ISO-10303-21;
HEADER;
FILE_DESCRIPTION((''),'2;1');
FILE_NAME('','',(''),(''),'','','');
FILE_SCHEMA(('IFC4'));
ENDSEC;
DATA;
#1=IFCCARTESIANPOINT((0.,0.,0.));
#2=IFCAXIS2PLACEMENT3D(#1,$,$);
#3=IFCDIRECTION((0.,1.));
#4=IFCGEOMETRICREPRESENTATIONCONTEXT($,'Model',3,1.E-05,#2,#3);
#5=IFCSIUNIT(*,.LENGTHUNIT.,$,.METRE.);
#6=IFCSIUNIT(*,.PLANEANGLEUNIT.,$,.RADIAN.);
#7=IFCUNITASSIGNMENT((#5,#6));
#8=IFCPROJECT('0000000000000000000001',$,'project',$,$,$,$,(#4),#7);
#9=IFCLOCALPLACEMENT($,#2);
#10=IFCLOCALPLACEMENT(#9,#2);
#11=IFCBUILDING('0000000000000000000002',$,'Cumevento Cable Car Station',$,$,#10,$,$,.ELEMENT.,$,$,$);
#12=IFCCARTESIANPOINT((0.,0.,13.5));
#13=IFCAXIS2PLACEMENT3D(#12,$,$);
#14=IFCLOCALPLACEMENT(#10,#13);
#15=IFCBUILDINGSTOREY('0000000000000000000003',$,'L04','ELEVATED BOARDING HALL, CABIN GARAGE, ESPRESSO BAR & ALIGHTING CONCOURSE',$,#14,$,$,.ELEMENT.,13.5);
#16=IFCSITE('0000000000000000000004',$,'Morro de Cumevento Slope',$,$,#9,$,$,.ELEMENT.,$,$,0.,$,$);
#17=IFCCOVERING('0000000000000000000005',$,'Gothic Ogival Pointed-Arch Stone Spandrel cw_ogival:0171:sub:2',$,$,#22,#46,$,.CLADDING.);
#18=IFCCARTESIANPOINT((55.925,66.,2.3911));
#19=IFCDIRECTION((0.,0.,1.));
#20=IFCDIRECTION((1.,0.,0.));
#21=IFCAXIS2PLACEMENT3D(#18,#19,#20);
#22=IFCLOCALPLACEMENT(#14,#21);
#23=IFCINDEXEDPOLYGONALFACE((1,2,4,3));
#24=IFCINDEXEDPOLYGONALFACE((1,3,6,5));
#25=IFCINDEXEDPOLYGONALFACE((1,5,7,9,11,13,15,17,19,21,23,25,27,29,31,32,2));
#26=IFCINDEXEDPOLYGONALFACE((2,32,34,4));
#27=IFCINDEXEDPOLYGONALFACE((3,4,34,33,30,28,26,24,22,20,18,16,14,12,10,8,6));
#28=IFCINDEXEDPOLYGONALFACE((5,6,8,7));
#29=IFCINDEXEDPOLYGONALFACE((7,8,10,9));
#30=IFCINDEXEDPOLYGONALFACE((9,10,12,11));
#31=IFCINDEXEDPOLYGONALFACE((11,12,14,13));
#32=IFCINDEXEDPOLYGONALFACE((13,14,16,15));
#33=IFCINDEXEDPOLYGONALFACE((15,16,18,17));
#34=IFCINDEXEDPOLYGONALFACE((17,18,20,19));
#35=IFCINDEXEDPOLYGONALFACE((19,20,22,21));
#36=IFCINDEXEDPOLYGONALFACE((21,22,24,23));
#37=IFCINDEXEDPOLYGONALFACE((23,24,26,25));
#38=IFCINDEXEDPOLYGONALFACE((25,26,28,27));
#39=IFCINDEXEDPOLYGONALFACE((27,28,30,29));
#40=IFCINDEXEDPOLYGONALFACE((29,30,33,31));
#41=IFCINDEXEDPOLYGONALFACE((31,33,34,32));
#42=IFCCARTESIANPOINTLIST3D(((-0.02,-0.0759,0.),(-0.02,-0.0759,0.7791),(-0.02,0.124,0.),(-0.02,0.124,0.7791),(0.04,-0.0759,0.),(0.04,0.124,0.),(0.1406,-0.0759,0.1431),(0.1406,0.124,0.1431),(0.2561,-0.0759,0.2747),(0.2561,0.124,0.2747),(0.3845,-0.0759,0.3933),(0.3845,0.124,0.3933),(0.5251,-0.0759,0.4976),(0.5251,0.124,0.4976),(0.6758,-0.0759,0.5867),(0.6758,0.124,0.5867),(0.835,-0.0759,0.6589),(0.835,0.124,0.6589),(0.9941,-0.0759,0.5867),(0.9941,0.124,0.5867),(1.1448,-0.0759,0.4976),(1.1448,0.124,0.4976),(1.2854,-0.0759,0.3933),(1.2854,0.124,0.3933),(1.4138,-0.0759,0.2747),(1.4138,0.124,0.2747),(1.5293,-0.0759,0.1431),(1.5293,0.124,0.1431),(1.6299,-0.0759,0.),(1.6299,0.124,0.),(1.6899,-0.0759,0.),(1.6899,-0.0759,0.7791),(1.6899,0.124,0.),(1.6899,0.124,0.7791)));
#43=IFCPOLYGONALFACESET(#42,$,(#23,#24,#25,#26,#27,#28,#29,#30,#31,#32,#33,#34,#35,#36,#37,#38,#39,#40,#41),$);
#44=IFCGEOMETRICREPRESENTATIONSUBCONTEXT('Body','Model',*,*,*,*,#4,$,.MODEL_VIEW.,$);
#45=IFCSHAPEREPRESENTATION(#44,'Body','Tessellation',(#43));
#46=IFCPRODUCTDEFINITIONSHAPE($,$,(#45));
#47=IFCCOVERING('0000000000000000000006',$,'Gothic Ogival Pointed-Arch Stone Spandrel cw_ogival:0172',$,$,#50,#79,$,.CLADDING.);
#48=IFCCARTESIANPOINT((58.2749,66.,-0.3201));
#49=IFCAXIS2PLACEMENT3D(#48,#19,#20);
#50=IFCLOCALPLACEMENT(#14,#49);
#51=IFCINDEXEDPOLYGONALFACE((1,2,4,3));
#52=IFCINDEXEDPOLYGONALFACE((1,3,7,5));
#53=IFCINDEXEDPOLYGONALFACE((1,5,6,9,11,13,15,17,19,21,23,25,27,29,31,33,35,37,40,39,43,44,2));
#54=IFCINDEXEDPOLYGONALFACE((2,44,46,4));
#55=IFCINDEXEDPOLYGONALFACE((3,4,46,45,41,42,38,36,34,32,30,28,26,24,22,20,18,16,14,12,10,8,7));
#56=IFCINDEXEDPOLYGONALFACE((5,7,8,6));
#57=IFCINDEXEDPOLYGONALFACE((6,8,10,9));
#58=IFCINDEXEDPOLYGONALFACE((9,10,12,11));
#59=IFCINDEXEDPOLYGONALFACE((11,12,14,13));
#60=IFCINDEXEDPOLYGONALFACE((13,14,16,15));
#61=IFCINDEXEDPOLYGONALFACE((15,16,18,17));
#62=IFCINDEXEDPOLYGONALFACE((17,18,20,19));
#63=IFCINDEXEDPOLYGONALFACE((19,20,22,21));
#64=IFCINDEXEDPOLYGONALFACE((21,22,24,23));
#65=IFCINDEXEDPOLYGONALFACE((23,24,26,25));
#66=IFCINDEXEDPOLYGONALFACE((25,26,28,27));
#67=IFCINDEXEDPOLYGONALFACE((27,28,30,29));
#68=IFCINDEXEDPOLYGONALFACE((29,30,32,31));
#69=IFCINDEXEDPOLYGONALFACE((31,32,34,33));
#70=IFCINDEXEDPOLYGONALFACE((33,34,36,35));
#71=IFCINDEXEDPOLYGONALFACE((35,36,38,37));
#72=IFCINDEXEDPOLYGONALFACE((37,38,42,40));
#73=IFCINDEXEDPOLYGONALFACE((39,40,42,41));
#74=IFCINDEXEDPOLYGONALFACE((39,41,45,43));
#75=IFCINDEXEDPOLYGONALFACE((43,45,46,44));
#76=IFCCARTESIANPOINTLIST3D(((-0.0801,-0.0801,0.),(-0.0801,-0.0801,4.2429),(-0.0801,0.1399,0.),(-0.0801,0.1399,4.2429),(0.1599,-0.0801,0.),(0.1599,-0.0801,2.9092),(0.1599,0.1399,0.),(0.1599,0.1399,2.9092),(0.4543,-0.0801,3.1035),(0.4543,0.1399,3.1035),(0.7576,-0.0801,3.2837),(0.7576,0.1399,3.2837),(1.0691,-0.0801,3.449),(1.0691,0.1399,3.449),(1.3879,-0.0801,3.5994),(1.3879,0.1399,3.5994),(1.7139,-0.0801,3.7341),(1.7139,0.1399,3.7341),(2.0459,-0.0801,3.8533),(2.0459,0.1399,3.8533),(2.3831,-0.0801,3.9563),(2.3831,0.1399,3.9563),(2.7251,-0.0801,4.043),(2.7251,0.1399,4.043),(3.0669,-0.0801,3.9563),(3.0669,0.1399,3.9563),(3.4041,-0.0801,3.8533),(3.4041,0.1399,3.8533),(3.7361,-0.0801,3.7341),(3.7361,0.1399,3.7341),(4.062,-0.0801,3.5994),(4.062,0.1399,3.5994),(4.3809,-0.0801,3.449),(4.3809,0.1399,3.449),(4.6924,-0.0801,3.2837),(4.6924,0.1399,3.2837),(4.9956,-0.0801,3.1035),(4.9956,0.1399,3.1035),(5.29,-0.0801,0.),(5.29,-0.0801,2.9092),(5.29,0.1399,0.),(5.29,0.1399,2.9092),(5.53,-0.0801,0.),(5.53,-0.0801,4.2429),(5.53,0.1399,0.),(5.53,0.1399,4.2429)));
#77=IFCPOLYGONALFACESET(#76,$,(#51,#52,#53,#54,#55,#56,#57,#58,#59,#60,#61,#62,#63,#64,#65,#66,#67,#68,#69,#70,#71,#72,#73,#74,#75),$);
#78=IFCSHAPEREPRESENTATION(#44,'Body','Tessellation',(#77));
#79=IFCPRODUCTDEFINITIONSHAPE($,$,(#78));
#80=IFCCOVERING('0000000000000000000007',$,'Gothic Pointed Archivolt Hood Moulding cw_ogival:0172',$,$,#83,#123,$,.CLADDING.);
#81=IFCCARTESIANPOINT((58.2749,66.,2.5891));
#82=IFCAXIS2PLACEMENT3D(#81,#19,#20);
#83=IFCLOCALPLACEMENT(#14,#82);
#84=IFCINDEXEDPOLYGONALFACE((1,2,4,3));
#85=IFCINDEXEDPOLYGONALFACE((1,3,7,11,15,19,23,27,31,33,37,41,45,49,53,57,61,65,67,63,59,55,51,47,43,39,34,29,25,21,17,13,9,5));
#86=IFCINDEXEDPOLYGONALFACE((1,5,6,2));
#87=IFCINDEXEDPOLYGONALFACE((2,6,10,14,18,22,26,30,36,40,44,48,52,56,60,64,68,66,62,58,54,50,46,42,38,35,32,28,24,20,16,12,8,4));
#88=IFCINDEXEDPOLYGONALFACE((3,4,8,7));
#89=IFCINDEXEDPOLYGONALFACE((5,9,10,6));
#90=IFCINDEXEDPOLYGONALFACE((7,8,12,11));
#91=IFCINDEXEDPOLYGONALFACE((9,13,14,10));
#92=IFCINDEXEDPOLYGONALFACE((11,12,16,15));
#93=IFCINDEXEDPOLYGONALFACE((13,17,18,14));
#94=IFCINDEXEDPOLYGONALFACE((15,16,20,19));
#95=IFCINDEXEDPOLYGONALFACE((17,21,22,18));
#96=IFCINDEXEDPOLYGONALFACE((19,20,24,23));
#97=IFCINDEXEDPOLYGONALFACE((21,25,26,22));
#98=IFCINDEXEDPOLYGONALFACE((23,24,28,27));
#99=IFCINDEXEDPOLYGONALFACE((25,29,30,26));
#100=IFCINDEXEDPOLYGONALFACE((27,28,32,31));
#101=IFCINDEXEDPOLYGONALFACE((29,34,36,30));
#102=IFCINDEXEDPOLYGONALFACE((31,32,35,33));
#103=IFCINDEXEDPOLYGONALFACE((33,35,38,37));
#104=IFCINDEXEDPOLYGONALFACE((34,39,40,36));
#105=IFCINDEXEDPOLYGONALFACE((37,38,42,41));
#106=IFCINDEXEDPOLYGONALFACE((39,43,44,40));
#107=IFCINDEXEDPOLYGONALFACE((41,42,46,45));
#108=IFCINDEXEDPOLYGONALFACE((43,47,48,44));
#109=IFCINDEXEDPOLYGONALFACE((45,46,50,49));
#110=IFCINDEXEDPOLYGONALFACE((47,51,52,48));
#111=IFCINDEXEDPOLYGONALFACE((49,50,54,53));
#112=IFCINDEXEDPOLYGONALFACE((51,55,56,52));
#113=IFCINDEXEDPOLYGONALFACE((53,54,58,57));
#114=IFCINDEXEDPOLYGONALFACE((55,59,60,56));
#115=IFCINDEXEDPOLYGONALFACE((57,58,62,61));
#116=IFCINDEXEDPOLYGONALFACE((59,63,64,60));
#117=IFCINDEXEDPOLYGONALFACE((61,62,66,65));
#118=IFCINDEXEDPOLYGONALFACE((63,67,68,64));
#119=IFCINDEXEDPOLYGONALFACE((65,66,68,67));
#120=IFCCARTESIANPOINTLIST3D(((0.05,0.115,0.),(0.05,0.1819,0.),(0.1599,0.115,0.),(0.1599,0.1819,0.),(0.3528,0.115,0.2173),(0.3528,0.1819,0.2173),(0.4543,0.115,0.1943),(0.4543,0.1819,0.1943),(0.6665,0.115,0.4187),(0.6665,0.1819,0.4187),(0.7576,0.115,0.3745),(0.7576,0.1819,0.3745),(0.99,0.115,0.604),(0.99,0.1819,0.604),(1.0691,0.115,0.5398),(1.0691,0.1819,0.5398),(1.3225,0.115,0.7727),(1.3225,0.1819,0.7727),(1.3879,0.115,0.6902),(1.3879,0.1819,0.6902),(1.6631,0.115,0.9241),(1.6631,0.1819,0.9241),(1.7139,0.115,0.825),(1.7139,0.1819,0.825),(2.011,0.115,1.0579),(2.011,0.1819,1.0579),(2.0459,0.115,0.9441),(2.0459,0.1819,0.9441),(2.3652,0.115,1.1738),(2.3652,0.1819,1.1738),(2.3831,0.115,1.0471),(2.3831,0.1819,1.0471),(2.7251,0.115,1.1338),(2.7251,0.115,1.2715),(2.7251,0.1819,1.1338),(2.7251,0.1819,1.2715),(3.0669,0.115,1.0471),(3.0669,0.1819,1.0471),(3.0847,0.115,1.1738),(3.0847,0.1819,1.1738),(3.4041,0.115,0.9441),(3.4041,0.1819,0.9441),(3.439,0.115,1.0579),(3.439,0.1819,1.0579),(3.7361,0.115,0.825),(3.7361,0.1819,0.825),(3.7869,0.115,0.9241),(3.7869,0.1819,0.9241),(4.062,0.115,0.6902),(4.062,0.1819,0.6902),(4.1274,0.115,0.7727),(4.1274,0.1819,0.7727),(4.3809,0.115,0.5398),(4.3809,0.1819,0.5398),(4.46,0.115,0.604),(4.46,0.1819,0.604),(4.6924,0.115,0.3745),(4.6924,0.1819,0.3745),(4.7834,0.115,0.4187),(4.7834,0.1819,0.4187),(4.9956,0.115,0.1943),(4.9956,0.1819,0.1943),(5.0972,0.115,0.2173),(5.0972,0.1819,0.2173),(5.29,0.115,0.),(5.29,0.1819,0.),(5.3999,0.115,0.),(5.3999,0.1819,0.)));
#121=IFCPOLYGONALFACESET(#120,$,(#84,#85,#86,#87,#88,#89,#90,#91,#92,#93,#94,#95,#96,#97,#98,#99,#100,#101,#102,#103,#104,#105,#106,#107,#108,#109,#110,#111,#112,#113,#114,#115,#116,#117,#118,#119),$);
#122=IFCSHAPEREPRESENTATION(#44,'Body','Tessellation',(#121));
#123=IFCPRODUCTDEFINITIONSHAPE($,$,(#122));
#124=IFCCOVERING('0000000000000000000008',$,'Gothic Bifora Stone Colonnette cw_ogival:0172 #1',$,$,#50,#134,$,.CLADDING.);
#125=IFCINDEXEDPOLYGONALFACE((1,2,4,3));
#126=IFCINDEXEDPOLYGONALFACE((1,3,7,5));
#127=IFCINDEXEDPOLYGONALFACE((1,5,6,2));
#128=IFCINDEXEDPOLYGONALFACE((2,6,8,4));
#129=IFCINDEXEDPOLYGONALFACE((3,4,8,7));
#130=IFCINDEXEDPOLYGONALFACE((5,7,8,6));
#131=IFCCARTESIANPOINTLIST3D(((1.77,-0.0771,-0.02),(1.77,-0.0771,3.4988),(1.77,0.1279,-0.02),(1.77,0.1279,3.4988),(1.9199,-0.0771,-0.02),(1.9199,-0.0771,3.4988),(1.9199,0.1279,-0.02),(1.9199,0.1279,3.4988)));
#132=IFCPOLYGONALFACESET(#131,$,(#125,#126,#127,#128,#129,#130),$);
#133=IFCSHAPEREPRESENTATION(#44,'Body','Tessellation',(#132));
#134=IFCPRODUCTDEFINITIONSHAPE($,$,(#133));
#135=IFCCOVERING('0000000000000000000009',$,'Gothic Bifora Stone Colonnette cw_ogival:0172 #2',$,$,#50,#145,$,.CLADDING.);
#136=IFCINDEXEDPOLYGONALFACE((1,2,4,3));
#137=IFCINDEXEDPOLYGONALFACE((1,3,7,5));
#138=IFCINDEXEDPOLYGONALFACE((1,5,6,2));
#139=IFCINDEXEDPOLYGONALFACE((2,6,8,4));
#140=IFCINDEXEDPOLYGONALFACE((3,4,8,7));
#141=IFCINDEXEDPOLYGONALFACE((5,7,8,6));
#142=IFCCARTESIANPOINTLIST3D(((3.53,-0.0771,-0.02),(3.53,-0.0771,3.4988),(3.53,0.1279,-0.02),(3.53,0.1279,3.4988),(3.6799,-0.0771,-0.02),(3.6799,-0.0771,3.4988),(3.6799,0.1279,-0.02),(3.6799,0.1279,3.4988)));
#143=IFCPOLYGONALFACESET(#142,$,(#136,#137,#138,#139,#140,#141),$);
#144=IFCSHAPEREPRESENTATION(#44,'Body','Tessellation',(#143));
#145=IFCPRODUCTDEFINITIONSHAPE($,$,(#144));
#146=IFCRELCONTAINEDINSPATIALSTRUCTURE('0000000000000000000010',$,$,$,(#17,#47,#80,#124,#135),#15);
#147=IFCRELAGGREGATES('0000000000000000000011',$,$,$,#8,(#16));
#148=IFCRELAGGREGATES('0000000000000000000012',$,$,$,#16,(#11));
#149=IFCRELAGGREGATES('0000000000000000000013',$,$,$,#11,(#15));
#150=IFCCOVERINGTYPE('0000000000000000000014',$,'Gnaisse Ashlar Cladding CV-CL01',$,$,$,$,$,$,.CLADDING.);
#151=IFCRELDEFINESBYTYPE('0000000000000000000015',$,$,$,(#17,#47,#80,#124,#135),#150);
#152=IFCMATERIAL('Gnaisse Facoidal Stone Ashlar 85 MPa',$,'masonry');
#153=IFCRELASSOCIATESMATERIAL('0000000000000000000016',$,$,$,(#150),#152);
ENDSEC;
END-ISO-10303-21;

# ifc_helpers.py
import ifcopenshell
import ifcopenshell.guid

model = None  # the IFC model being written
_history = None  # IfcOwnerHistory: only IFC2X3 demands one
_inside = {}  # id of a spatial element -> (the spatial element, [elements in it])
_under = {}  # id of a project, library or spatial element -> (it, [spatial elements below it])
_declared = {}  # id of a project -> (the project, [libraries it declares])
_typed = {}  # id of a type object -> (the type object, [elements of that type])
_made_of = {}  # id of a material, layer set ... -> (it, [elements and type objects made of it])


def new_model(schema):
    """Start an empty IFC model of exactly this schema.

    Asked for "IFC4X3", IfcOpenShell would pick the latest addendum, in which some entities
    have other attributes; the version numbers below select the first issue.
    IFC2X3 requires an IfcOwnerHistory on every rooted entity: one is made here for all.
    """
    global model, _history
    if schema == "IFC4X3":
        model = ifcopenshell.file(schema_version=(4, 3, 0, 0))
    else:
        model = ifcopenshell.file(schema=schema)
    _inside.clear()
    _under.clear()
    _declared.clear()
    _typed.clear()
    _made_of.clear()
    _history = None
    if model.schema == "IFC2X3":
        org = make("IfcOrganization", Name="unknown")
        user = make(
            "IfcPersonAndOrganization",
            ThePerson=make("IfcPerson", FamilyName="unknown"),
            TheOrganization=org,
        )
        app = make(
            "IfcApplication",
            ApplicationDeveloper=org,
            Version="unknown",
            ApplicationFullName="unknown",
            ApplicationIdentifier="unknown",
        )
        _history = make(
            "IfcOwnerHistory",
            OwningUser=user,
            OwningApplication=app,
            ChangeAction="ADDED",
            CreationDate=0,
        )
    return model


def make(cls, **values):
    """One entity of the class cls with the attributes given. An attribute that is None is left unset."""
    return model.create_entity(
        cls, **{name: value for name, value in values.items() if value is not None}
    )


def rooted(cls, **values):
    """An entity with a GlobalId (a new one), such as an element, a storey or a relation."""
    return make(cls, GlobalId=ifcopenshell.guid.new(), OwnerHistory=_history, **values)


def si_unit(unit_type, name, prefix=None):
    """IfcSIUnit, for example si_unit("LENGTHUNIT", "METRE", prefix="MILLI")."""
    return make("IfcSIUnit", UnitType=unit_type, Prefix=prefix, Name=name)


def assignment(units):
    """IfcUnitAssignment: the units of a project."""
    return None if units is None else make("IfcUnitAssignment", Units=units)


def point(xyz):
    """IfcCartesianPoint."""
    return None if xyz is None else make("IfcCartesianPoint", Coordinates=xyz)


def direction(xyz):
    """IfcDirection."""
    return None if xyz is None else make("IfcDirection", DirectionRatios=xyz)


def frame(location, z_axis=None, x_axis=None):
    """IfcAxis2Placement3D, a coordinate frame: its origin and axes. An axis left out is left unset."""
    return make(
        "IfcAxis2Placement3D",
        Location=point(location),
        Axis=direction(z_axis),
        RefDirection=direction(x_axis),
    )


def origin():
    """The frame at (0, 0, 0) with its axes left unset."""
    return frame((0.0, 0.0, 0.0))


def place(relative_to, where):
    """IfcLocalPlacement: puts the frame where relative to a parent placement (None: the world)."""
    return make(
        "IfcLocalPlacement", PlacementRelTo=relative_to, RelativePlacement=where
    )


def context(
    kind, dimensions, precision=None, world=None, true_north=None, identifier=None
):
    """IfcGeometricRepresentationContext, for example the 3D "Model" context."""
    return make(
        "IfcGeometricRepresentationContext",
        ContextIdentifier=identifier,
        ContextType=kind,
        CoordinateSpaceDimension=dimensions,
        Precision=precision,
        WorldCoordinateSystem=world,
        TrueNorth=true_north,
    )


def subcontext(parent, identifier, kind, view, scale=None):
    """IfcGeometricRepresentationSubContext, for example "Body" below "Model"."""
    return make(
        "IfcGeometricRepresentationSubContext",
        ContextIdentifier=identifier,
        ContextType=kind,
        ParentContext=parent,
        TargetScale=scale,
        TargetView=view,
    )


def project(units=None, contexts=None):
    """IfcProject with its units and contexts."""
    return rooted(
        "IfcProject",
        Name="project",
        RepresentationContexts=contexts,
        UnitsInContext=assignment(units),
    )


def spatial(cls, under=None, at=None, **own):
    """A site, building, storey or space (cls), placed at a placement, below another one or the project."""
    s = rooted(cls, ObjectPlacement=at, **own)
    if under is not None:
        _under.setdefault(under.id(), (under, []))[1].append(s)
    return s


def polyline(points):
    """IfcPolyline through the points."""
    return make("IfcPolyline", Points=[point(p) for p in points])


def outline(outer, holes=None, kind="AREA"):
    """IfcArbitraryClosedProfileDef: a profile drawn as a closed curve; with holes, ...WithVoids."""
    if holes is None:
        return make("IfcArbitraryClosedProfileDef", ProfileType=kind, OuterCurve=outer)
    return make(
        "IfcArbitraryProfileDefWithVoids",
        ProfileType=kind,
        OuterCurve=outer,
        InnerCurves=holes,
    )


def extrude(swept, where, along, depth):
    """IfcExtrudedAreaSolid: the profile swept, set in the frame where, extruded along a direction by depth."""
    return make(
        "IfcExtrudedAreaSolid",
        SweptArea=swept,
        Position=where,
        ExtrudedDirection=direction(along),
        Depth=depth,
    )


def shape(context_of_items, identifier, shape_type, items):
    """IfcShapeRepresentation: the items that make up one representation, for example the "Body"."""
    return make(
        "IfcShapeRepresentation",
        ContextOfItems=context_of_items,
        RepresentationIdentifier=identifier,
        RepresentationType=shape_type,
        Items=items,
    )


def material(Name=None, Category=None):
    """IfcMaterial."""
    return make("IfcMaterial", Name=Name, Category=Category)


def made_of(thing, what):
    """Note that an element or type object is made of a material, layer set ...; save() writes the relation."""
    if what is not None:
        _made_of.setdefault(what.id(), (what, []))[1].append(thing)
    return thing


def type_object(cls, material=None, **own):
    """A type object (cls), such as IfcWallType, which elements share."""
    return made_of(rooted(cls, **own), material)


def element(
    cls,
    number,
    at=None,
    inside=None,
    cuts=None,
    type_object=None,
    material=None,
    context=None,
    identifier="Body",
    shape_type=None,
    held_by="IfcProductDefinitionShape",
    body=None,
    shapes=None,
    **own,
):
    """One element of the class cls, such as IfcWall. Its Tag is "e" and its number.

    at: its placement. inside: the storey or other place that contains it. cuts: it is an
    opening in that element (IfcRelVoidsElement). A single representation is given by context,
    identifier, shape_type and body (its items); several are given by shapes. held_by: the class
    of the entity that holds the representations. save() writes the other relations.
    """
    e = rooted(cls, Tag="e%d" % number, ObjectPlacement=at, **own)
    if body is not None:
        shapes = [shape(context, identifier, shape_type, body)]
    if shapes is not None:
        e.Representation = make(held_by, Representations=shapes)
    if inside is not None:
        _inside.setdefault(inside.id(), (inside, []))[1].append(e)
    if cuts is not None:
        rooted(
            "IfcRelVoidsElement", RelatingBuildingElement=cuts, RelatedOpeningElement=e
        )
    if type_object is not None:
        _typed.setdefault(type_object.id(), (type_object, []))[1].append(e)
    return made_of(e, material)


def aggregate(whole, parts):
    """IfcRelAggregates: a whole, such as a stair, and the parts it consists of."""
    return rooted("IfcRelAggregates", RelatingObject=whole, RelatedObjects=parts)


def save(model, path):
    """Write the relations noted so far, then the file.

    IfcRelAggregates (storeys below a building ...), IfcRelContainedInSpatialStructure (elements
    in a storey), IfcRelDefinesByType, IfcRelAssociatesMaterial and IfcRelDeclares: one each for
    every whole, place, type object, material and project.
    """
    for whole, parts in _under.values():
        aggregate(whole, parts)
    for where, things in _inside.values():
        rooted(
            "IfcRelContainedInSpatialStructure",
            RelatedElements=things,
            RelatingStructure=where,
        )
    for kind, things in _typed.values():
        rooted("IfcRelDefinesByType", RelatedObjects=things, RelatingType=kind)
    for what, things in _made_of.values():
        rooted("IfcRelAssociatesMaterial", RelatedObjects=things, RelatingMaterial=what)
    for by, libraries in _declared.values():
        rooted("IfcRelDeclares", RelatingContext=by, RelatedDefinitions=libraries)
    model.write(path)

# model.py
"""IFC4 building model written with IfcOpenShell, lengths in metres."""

from ifc_helpers import new_model, si_unit, direction, frame, origin, place, context, subcontext, project, spatial, polyline, outline, extrude, material, type_object, element, save


model = new_model("IFC4")

# Units and contexts
model_context = context("Model", 3, precision=1e-05, world=origin(), true_north=direction((0.0, 1.0)))
body_context = subcontext(model_context, "Body", "Model", "MODEL_VIEW")
ifc_project = project(units=[si_unit("LENGTHUNIT", "METRE"), si_unit("PLANEANGLEUNIT", "RADIAN")], contexts=[model_context])

# Site, building, storey
site_placement = place(None, origin())
site = spatial("IfcSite", under=ifc_project, at=site_placement, Name="Morro de Cumevento Slope", CompositionType="ELEMENT", RefElevation=0.0)
building_placement = place(site_placement, origin())
building = spatial("IfcBuilding", under=site, at=building_placement, Name="Cumevento Cable Car Station", CompositionType="ELEMENT")
storey_placement = place(building_placement, frame((0.0, 0.0, 13.5)))
storey = spatial("IfcBuildingStorey", under=building, at=storey_placement, Name="L04", Description="ELEVATED BOARDING HALL, CABIN GARAGE, ESPRESSO BAR & ALIGHTING CONCOURSE", CompositionType="ELEMENT", Elevation=13.5)

# Coverings
ifc_material_1 = material(Name="Gnaisse Facoidal Stone Ashlar 85 MPa", Category="masonry")
covering_type = type_object("IfcCoveringType", Name="Gnaisse Ashlar Cladding CV-CL01", PredefinedType="CLADDING", material=ifc_material_1)
covering_1_placement = place(storey_placement, frame((55.925, 66.0, 2.3911), z_axis=(0.0, 0.0, 1.0), x_axis=(1.0, 0.0, 0.0)))
element("IfcCovering", 1, at=covering_1_placement, inside=storey, type_object=covering_type, Name="Gothic Ogival Pointed-Arch Stone Spandrel cw_ogival:0171:sub:2", PredefinedType="CLADDING", context=body_context, shape_type="SweptSolid", body=[
    extrude(outline(polyline([(-0.02, 0.0), (-0.02, 0.7791), (1.6899, 0.7791), (1.6899, 0.0), (1.6299, 0.0), (1.5293, 0.1431), (1.4138, 0.2747), (1.2854, 0.3933), (1.1448, 0.4976), (0.9941, 0.5867), (0.835, 0.6589), (0.6758, 0.5867), (0.5251, 0.4976), (0.3845, 0.3933), (0.2561, 0.2747), (0.1406, 0.1431), (0.04, 0.0), (-0.02, 0.0)])), frame((0.0, 0.124, 0.0), z_axis=(0.0, -1.0, 0.0), x_axis=(1.0, 0.0, 0.0)), (0.0, 0.0, 1.0), 0.2),
])
placement = place(storey_placement, frame((58.2749, 66.0, -0.3201), z_axis=(0.0, 0.0, 1.0), x_axis=(1.0, 0.0, 0.0)))
element("IfcCovering", 2, at=placement, inside=storey, type_object=covering_type, Name="Gothic Ogival Pointed-Arch Stone Spandrel cw_ogival:0172", PredefinedType="CLADDING", context=body_context, shape_type="SweptSolid", body=[
    extrude(outline(polyline([(-0.0801, 0.0), (-0.0801, 4.2429), (5.53, 4.2429), (5.53, 0.0), (5.29, 0.0), (5.29, 2.9092), (4.9956, 3.1035), (4.6924, 3.2837), (4.3809, 3.449), (4.062, 3.5994), (3.7361, 3.7341), (3.4041, 3.8533), (3.0669, 3.9563), (2.7251, 4.043), (2.3831, 3.9563), (2.0459, 3.8533), (1.7139, 3.7341), (1.3879, 3.5994), (1.0691, 3.449), (0.7576, 3.2837), (0.4543, 3.1035), (0.1599, 2.9092), (0.1599, 0.0), (-0.0801, 0.0)])), frame((0.0, 0.1399, 0.0), z_axis=(0.0, -1.0, 0.0), x_axis=(1.0, 0.0, 0.0)), (0.0, 0.0, 1.0), 0.22),
])
covering_2_placement = place(storey_placement, frame((58.2749, 66.0, 2.5891), z_axis=(0.0, 0.0, 1.0), x_axis=(1.0, 0.0, 0.0)))
element("IfcCovering", 3, at=covering_2_placement, inside=storey, type_object=covering_type, Name="Gothic Pointed Archivolt Hood Moulding cw_ogival:0172", PredefinedType="CLADDING", context=body_context, shape_type="SweptSolid", body=[
    extrude(outline(polyline([(0.1599, 0.0), (0.4543, 0.1943), (0.7576, 0.3745), (1.0691, 0.5398), (1.3879, 0.6902), (1.7139, 0.825), (2.0459, 0.9441), (2.3831, 1.0471), (2.7251, 1.1338), (3.0669, 1.0471), (3.4041, 0.9441), (3.7361, 0.825), (4.062, 0.6902), (4.3809, 0.5398), (4.6924, 0.3745), (4.9956, 0.1943), (5.29, 0.0), (5.3999, 0.0), (5.0972, 0.2173), (4.7834, 0.4187), (4.46, 0.604), (4.1274, 0.7727), (3.7869, 0.9241), (3.439, 1.0579), (3.0847, 1.1738), (2.7251, 1.2715), (2.3652, 1.1738), (2.011, 1.0579), (1.6631, 0.9241), (1.3225, 0.7727), (0.99, 0.604), (0.6665, 0.4187), (0.3528, 0.2173), (0.05, 0.0), (0.1599, 0.0)])), frame((0.0, 0.1819, 0.0), z_axis=(0.0, -1.0, 0.0), x_axis=(1.0, 0.0, 0.0)), (0.0, 0.0, 1.0), 0.0669),
])
element("IfcCovering", 4, at=placement, inside=storey, type_object=covering_type, Name="Gothic Bifora Stone Colonnette cw_ogival:0172 #1", PredefinedType="CLADDING", context=body_context, shape_type="SweptSolid", body=[
    extrude(outline(polyline([(1.77, -0.02), (1.9199, -0.02), (1.9199, 3.4988), (1.77, 3.4988), (1.77, -0.02)])), frame((0.0, 0.1279, 0.0), z_axis=(0.0, -1.0, 0.0), x_axis=(1.0, 0.0, 0.0)), (0.0, 0.0, 1.0), 0.2051),
])
element("IfcCovering", 5, at=placement, inside=storey, type_object=covering_type, Name="Gothic Bifora Stone Colonnette cw_ogival:0172 #2", PredefinedType="CLADDING", context=body_context, shape_type="SweptSolid", body=[
    extrude(outline(polyline([(3.53, -0.02), (3.6799, -0.02), (3.6799, 3.4988), (3.53, 3.4988), (3.53, -0.02)])), frame((0.0, 0.1279, 0.0), z_axis=(0.0, -1.0, 0.0), x_axis=(1.0, 0.0, 0.0)), (0.0, 0.0, 1.0), 0.2051),
])

save(model, "model.ifc")
